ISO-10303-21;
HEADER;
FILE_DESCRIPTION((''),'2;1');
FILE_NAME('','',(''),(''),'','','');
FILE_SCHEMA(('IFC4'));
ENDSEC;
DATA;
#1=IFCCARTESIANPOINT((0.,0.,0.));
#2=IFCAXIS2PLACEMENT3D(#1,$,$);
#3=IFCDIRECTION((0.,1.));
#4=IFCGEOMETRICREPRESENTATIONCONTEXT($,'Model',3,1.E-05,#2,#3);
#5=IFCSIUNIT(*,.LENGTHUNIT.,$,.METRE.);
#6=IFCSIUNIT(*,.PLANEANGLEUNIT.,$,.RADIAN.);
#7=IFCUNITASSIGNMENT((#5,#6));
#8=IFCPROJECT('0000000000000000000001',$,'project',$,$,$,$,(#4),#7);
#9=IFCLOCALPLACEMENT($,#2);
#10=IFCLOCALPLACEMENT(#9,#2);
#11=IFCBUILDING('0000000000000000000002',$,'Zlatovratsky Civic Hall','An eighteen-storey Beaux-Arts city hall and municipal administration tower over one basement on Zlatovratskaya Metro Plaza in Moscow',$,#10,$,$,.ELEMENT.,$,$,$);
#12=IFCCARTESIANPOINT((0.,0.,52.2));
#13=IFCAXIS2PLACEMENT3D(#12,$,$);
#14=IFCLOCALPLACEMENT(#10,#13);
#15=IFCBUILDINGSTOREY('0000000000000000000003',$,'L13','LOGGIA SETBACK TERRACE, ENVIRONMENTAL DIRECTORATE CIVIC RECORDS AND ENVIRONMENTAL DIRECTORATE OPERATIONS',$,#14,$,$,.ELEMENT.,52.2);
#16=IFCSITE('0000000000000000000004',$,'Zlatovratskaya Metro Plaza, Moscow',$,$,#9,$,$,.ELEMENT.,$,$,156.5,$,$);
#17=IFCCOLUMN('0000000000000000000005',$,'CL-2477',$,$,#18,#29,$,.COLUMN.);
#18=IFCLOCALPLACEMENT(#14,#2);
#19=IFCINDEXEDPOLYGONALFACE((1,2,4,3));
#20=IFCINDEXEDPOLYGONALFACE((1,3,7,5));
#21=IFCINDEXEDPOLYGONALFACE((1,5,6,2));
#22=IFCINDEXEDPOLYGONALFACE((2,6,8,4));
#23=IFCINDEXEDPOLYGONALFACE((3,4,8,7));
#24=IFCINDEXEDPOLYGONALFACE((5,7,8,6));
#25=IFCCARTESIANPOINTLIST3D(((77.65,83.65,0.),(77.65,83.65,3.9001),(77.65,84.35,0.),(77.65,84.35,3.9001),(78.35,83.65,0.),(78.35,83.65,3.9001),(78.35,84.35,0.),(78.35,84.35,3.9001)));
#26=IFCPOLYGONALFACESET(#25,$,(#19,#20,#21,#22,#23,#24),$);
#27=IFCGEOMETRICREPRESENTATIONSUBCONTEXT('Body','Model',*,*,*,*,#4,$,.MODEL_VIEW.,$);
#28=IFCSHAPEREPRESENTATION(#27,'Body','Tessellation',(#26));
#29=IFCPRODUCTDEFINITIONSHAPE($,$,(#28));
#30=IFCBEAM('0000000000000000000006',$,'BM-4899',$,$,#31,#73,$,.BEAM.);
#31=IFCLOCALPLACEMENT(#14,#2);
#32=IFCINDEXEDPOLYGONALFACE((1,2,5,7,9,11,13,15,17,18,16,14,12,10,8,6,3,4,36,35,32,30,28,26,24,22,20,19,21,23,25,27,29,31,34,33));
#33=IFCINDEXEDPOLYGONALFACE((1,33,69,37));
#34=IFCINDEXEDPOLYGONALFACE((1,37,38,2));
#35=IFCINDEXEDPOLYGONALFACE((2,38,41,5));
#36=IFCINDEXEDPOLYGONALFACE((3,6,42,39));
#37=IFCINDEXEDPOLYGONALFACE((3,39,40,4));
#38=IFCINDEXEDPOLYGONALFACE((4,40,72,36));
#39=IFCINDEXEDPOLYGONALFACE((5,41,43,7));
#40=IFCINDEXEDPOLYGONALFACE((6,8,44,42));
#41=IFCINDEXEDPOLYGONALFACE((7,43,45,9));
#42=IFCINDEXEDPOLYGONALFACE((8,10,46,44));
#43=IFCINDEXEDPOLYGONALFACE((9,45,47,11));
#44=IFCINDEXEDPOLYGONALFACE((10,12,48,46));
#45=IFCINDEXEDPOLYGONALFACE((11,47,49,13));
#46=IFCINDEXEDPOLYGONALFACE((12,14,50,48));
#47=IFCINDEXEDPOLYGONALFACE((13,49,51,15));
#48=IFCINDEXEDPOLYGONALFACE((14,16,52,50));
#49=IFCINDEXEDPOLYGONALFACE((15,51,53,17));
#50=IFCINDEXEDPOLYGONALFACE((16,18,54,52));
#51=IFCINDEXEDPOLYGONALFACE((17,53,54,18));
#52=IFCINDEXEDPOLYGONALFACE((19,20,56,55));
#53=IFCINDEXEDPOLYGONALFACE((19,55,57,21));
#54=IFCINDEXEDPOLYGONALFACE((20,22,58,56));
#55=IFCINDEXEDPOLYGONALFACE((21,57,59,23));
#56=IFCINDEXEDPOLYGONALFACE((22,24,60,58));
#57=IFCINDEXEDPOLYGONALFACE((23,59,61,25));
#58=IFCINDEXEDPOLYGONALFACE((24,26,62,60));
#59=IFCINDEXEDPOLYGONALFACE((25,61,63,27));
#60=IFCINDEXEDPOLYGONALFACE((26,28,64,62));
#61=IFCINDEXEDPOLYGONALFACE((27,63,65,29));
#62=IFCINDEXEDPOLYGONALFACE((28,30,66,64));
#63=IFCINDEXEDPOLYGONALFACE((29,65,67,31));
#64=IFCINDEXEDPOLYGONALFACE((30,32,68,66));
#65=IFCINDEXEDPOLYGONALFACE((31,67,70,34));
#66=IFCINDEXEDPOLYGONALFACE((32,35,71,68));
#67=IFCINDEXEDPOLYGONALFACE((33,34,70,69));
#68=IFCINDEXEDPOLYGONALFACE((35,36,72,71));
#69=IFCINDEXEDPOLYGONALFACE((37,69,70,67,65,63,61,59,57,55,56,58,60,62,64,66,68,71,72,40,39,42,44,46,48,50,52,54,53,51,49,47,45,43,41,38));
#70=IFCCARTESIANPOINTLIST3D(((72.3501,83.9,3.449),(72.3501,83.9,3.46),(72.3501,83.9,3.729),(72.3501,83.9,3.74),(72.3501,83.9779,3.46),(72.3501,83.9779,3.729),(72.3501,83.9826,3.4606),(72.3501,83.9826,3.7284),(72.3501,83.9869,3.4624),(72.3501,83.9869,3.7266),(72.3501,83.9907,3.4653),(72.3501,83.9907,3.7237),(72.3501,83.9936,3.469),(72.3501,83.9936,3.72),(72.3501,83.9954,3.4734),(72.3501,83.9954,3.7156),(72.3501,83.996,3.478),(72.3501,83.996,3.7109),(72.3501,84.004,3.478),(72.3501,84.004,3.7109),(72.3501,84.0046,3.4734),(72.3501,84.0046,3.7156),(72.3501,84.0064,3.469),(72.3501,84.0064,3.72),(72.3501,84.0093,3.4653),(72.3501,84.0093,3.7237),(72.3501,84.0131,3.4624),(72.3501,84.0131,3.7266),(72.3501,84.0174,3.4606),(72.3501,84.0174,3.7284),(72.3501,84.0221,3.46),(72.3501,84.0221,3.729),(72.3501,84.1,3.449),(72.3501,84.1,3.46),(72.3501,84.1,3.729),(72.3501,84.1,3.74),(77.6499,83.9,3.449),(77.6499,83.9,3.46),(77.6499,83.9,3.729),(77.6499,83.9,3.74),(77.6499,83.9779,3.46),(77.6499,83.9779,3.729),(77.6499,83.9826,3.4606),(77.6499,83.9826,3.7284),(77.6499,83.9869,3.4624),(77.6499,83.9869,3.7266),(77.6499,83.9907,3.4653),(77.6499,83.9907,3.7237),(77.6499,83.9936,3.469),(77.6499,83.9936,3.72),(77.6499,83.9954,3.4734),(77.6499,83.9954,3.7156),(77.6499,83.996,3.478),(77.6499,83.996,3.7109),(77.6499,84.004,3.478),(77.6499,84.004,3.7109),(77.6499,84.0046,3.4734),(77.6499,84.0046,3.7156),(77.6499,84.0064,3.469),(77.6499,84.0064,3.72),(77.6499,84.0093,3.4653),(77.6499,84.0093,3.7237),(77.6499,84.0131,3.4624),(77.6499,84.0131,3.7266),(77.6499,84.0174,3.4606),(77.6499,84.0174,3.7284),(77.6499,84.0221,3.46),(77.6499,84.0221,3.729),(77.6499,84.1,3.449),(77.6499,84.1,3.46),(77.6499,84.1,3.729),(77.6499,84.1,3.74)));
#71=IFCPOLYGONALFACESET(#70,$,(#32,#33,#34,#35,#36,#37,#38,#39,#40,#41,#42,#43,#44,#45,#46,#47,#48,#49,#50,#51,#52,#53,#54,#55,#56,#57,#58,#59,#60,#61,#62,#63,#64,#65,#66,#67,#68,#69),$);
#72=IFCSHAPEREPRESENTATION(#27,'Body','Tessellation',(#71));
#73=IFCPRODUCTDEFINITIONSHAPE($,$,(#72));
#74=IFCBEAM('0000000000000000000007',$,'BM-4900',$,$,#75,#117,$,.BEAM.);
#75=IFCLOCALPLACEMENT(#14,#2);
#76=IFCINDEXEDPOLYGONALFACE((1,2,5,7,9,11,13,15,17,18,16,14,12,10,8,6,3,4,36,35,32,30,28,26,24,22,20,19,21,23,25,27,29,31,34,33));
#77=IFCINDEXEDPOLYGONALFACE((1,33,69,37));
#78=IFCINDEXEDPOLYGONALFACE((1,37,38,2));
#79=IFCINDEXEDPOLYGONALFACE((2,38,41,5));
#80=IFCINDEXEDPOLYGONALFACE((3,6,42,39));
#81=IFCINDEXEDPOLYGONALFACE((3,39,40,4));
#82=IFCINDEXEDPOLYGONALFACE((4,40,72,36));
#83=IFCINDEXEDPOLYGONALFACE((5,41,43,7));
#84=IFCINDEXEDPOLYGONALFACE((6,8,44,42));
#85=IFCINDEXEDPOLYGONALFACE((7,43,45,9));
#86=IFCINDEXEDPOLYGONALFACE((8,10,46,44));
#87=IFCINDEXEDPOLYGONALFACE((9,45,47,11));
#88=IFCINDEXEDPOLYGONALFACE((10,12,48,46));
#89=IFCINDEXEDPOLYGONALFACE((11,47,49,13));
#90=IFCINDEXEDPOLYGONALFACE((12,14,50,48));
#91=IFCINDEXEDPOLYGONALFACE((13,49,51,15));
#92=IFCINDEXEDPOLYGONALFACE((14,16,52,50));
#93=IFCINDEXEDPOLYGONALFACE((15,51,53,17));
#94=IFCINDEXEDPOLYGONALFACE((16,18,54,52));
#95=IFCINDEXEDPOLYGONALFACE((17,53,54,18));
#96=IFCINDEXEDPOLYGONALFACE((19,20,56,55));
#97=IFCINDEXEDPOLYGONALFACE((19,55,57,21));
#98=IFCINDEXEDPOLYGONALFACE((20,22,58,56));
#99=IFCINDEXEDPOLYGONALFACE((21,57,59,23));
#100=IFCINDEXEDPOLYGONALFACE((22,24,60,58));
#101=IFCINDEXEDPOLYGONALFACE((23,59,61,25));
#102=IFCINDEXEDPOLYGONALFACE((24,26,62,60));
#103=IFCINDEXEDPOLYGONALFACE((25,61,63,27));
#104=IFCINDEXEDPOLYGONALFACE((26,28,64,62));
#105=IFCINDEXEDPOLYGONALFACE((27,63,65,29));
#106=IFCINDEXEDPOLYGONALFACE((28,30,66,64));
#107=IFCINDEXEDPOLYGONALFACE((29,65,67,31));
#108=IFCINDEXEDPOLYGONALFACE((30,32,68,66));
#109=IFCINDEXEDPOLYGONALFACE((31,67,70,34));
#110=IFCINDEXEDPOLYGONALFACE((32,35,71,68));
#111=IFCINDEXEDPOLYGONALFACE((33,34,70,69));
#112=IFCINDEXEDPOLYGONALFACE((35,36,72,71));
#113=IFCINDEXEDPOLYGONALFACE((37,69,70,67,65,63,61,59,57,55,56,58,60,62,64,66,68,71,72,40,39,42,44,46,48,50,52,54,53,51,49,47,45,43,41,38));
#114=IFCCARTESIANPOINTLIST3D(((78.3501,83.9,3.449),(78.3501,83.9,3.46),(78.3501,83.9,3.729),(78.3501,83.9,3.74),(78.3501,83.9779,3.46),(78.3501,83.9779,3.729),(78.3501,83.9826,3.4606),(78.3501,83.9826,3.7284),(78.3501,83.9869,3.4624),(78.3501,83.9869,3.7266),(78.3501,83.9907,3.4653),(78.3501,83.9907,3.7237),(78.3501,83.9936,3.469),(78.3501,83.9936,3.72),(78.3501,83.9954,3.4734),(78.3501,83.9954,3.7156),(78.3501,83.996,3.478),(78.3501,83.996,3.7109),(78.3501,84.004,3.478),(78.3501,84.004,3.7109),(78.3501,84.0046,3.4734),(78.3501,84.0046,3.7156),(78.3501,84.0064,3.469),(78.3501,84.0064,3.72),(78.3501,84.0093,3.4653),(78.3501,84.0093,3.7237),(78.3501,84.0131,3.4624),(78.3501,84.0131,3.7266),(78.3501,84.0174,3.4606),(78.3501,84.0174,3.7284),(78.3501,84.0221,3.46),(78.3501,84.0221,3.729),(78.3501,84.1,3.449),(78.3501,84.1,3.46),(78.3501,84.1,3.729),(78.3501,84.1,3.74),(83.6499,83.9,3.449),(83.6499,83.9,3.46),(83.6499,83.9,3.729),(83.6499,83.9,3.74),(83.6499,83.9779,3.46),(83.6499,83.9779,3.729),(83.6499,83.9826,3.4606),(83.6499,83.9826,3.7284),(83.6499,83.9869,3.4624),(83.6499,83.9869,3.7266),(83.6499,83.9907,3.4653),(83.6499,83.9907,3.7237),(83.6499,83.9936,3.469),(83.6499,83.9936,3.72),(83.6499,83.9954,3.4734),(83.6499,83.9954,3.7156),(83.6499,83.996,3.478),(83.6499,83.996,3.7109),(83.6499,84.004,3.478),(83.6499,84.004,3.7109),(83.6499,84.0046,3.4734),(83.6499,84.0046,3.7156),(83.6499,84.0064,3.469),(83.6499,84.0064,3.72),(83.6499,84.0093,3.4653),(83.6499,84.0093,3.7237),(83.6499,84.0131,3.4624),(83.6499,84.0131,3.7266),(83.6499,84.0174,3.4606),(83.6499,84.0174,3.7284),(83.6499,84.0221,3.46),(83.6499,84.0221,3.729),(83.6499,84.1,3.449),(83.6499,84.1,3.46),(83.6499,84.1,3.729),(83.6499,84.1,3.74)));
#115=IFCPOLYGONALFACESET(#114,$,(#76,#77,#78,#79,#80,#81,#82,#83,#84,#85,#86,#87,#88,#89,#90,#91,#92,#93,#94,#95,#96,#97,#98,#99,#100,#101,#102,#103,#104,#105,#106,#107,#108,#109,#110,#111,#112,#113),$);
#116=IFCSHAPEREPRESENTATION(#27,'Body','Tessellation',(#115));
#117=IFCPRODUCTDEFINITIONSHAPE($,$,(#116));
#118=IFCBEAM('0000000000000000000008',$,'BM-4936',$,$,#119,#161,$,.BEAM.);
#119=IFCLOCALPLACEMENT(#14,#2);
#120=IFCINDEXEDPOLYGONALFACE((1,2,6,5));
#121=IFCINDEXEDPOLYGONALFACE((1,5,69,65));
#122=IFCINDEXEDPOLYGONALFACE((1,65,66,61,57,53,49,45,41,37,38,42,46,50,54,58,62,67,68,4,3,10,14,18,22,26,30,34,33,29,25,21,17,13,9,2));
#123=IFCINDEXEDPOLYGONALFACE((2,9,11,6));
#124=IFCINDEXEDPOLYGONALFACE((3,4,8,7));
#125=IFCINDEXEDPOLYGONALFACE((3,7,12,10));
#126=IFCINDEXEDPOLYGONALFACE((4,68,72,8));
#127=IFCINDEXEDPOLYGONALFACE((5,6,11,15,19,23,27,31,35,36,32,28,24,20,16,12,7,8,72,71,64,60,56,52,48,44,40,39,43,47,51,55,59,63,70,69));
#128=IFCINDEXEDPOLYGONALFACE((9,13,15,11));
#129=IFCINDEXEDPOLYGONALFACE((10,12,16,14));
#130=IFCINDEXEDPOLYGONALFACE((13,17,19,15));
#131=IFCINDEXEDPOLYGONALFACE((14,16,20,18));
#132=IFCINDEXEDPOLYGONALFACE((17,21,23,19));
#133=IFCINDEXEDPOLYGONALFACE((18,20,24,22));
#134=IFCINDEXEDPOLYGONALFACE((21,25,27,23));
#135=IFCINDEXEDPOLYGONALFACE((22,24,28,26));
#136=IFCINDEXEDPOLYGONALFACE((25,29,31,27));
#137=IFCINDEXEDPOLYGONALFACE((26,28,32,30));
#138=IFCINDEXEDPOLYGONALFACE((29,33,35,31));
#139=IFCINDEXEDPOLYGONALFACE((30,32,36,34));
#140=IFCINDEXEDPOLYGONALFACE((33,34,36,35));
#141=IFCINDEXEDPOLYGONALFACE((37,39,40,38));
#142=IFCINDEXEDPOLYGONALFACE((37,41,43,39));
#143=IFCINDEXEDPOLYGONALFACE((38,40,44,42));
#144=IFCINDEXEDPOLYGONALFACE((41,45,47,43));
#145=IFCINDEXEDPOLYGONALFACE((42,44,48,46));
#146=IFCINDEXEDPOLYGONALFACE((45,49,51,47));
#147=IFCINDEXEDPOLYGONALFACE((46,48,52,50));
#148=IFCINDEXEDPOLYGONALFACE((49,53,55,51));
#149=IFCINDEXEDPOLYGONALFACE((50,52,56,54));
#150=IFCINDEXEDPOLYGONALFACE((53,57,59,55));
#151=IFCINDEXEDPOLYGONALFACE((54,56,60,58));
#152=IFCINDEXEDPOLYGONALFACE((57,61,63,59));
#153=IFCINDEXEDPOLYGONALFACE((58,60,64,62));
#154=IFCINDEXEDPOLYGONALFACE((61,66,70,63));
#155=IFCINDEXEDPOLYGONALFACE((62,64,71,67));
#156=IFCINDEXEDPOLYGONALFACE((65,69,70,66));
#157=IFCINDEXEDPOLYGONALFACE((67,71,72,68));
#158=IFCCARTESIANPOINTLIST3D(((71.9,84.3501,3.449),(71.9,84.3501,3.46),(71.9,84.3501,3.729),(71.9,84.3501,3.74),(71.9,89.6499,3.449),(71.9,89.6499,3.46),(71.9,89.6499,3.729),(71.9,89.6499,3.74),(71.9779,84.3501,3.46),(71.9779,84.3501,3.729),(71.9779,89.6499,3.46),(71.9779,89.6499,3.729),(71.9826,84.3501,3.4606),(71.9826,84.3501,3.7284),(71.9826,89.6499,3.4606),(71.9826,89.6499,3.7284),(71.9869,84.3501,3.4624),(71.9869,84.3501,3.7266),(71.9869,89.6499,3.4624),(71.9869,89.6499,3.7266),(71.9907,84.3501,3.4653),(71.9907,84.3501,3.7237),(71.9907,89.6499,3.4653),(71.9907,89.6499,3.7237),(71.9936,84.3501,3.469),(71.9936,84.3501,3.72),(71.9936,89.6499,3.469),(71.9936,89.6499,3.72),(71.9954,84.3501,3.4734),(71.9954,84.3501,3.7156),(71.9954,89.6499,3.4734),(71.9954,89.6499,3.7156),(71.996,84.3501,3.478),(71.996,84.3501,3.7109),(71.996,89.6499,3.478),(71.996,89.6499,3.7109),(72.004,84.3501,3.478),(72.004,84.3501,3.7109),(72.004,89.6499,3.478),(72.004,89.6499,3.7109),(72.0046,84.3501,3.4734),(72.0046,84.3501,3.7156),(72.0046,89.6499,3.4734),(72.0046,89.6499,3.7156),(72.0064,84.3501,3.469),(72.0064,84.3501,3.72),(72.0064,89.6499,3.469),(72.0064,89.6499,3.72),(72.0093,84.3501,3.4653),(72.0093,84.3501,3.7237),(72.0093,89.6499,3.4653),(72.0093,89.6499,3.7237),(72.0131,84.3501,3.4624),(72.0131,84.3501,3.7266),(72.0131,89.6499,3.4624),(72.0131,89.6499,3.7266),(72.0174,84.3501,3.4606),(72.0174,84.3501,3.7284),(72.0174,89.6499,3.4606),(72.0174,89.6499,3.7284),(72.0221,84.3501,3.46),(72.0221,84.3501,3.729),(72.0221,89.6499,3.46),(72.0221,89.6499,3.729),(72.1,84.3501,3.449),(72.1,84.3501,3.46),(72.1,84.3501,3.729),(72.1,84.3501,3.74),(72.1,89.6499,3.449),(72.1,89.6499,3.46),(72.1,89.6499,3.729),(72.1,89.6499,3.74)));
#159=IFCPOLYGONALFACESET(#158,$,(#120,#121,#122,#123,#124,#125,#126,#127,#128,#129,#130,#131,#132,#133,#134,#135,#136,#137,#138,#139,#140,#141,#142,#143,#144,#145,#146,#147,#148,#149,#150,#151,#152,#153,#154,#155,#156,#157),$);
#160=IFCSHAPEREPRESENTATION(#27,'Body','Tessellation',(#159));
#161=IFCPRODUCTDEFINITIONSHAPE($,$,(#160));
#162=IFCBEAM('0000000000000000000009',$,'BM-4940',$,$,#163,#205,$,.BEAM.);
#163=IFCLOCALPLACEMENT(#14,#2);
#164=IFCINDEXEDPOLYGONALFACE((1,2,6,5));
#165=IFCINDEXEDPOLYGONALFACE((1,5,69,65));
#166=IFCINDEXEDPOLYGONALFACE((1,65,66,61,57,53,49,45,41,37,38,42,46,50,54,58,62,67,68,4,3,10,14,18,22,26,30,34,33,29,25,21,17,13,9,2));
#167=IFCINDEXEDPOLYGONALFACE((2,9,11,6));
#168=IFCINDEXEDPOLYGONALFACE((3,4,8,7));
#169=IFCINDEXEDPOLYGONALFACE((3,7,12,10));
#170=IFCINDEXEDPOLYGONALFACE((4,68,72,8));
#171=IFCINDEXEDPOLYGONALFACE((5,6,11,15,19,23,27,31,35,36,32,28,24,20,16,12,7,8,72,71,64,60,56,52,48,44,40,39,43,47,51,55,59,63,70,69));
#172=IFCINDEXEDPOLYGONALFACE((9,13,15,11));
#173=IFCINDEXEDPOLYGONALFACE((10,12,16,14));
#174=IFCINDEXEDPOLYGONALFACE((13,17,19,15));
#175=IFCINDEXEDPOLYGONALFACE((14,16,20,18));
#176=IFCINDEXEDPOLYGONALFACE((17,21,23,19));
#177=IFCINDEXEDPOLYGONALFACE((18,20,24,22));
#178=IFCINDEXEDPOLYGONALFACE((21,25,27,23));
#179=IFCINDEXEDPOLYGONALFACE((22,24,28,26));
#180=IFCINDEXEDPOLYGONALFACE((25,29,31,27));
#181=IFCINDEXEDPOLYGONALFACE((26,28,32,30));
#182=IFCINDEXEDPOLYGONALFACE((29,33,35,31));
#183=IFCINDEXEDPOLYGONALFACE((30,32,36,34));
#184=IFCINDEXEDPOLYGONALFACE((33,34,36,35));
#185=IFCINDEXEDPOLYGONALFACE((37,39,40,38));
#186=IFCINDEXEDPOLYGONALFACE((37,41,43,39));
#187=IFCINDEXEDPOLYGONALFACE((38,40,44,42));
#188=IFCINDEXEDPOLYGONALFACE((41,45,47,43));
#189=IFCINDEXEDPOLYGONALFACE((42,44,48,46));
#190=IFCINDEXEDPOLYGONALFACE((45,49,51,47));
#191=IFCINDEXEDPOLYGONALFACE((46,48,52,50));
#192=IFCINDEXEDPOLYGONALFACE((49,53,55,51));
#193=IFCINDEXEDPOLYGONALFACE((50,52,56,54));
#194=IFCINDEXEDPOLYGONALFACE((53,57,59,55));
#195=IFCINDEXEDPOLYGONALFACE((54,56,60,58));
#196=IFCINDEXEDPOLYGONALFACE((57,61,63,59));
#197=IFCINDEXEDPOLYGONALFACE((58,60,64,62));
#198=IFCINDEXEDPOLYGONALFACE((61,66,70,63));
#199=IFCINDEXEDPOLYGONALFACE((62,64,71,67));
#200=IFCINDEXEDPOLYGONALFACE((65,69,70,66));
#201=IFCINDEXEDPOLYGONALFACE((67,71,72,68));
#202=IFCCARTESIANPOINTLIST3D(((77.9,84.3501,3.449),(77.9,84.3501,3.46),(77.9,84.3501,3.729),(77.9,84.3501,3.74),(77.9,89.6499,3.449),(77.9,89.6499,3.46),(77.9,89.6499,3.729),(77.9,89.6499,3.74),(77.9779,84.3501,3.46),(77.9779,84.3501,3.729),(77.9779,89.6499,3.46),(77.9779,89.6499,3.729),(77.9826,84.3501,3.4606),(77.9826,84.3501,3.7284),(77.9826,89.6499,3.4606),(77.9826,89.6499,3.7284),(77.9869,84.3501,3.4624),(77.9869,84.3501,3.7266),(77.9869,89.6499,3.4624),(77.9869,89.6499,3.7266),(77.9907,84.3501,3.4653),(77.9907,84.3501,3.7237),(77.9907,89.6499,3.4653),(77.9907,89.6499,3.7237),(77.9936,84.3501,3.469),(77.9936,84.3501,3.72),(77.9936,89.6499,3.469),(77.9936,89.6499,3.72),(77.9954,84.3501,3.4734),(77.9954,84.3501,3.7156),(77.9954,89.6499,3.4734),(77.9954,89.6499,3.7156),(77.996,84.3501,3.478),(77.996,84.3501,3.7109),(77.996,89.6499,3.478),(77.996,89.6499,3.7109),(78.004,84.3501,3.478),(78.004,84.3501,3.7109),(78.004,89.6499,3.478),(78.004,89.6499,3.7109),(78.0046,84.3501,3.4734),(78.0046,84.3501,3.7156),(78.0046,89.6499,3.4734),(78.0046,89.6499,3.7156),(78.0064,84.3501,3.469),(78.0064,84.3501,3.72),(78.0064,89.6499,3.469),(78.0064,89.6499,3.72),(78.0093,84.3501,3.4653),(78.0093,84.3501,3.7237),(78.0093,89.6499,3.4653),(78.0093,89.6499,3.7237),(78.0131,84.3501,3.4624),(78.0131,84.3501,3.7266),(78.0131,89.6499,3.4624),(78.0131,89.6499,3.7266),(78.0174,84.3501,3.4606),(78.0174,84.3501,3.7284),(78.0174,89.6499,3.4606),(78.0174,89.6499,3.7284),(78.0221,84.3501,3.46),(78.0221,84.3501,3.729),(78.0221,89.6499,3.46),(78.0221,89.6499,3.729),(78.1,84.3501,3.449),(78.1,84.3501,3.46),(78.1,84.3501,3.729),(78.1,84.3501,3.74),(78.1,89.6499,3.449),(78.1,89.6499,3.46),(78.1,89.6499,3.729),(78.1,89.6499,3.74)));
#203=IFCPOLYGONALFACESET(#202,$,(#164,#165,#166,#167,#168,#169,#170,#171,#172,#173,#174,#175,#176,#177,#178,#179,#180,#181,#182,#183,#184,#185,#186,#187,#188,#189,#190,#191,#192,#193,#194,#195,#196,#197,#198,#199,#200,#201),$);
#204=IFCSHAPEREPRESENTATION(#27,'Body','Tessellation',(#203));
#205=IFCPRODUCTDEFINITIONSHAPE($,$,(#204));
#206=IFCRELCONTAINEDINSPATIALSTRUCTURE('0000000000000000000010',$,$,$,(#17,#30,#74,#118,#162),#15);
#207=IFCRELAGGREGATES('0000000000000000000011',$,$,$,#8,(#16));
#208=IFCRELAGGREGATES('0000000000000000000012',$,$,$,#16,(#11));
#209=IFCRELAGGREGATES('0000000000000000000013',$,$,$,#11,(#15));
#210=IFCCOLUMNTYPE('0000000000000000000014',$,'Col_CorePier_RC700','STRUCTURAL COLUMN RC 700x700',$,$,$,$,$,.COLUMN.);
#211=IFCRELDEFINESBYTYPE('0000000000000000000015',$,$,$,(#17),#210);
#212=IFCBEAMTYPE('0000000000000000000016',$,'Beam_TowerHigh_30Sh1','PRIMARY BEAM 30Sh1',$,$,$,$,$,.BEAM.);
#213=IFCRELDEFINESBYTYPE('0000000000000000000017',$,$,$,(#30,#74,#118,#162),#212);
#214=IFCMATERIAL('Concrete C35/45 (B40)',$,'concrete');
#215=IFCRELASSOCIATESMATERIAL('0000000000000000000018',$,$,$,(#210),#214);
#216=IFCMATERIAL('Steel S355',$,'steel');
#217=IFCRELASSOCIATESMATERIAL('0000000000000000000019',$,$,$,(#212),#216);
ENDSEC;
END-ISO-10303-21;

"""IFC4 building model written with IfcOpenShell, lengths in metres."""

from ifc_helpers import new_model, si_unit, direction, frame, origin, origin_2d, place, context, subcontext, project, spatial, rectangle, i_section, extrude, material, material_profile, profile_set, type_object, element, save


model = new_model("IFC4")

# Units and contexts
model_context = context("Model", 3, precision=1e-05, world=origin(), true_north=direction((0.0, 1.0)))
body_context = subcontext(model_context, "Body", "Model", "MODEL_VIEW")
ifc_project = project(units=[si_unit("LENGTHUNIT", "METRE"), si_unit("PLANEANGLEUNIT", "RADIAN")], contexts=[model_context])

# Site, building, storey
site_placement = place(None, origin())
site = spatial("IfcSite", under=ifc_project, at=site_placement, Name="Zlatovratskaya Metro Plaza, Moscow", CompositionType="ELEMENT", RefElevation=156.5)
building_placement = place(site_placement, origin())
building = spatial("IfcBuilding", under=site, at=building_placement, Name="Zlatovratsky Civic Hall", Description="An eighteen-storey Beaux-Arts city hall and municipal administration tower over one basement on Zlatovratskaya Metro Plaza in Moscow", CompositionType="ELEMENT")
storey_placement = place(building_placement, frame((0.0, 0.0, 52.2)))
storey = spatial("IfcBuildingStorey", under=building, at=storey_placement, Name="L13", Description="LOGGIA SETBACK TERRACE, ENVIRONMENTAL DIRECTORATE CIVIC RECORDS AND ENVIRONMENTAL DIRECTORATE OPERATIONS", CompositionType="ELEMENT", Elevation=52.2)

# Column
ifc_material_1 = material(Name="Concrete C35/45 (B40)", Category="concrete")
ifc_material_profile_1 = material_profile(ifc_material_1, rectangle(XDim=0.7, YDim=0.7, at=origin_2d()), Name="RC 700x700")
ifc_profile_set_1 = profile_set([ifc_material_profile_1], Name="Concrete C35/45 (B40)")
column_type = type_object("IfcColumnType", Name="Col_CorePier_RC700", Description="STRUCTURAL COLUMN RC 700x700", PredefinedType="COLUMN", material=ifc_profile_set_1)
column_placement = place(storey_placement, frame((78.0, 84.0, 0.0), z_axis=(0.0, 0.0, 1.0), x_axis=(1.0, 0.0, 0.0)))
element("IfcColumn", 1, at=column_placement, inside=storey, type_object=column_type, Name="CL-2477", PredefinedType="COLUMN", context=body_context, shape_type="SweptSolid", body=[
    extrude(rectangle(XDim=0.7, YDim=0.7, at=origin_2d()), origin(), (0.0, 0.0, 1.0), 3.9001),
])

# Beams
ifc_material_2 = material(Name="Steel S355", Category="steel")
ifc_material_profile_2 = material_profile(ifc_material_2, i_section(OverallWidth=0.2, OverallDepth=0.291, WebThickness=0.0081, FlangeThickness=0.011, FilletRadius=0.0181, at=origin_2d()), Name="30Sh1")
ifc_profile_set_2 = profile_set([ifc_material_profile_2], Name="Steel S355")
beam_type = type_object("IfcBeamType", Name="Beam_TowerHigh_30Sh1", Description="PRIMARY BEAM 30Sh1", PredefinedType="BEAM", material=ifc_profile_set_2)
for number, where, z_axis, x_axis, name in (
    (2, (72.3501, 84.0, 3.5945), (1.0, 0.0, 0.0), (0.0, 1.0, 0.0), "BM-4899"),
    (3, (78.3501, 84.0, 3.5945), (1.0, 0.0, 0.0), (0.0, 1.0, 0.0), "BM-4900"),
    (4, (72.0, 84.3501, 3.5945), (0.0, 1.0, 0.0), (-1.0, 0.0, 0.0), "BM-4936"),
    (5, (78.0, 84.3501, 3.5945), (0.0, 1.0, 0.0), (-1.0, 0.0, 0.0), "BM-4940"),
):
    element("IfcBeam", number, at=place(storey_placement, frame(where, z_axis=z_axis, x_axis=x_axis)), inside=storey, type_object=beam_type, Name=name, PredefinedType="BEAM", context=body_context, shape_type="SweptSolid", body=[
        extrude(i_section(OverallWidth=0.2, OverallDepth=0.291, WebThickness=0.0081, FlangeThickness=0.011, FilletRadius=0.0181, at=origin_2d()), origin(), (0.0, 0.0, 1.0), 5.2998),
    ])

save(model, "model.ifc")
